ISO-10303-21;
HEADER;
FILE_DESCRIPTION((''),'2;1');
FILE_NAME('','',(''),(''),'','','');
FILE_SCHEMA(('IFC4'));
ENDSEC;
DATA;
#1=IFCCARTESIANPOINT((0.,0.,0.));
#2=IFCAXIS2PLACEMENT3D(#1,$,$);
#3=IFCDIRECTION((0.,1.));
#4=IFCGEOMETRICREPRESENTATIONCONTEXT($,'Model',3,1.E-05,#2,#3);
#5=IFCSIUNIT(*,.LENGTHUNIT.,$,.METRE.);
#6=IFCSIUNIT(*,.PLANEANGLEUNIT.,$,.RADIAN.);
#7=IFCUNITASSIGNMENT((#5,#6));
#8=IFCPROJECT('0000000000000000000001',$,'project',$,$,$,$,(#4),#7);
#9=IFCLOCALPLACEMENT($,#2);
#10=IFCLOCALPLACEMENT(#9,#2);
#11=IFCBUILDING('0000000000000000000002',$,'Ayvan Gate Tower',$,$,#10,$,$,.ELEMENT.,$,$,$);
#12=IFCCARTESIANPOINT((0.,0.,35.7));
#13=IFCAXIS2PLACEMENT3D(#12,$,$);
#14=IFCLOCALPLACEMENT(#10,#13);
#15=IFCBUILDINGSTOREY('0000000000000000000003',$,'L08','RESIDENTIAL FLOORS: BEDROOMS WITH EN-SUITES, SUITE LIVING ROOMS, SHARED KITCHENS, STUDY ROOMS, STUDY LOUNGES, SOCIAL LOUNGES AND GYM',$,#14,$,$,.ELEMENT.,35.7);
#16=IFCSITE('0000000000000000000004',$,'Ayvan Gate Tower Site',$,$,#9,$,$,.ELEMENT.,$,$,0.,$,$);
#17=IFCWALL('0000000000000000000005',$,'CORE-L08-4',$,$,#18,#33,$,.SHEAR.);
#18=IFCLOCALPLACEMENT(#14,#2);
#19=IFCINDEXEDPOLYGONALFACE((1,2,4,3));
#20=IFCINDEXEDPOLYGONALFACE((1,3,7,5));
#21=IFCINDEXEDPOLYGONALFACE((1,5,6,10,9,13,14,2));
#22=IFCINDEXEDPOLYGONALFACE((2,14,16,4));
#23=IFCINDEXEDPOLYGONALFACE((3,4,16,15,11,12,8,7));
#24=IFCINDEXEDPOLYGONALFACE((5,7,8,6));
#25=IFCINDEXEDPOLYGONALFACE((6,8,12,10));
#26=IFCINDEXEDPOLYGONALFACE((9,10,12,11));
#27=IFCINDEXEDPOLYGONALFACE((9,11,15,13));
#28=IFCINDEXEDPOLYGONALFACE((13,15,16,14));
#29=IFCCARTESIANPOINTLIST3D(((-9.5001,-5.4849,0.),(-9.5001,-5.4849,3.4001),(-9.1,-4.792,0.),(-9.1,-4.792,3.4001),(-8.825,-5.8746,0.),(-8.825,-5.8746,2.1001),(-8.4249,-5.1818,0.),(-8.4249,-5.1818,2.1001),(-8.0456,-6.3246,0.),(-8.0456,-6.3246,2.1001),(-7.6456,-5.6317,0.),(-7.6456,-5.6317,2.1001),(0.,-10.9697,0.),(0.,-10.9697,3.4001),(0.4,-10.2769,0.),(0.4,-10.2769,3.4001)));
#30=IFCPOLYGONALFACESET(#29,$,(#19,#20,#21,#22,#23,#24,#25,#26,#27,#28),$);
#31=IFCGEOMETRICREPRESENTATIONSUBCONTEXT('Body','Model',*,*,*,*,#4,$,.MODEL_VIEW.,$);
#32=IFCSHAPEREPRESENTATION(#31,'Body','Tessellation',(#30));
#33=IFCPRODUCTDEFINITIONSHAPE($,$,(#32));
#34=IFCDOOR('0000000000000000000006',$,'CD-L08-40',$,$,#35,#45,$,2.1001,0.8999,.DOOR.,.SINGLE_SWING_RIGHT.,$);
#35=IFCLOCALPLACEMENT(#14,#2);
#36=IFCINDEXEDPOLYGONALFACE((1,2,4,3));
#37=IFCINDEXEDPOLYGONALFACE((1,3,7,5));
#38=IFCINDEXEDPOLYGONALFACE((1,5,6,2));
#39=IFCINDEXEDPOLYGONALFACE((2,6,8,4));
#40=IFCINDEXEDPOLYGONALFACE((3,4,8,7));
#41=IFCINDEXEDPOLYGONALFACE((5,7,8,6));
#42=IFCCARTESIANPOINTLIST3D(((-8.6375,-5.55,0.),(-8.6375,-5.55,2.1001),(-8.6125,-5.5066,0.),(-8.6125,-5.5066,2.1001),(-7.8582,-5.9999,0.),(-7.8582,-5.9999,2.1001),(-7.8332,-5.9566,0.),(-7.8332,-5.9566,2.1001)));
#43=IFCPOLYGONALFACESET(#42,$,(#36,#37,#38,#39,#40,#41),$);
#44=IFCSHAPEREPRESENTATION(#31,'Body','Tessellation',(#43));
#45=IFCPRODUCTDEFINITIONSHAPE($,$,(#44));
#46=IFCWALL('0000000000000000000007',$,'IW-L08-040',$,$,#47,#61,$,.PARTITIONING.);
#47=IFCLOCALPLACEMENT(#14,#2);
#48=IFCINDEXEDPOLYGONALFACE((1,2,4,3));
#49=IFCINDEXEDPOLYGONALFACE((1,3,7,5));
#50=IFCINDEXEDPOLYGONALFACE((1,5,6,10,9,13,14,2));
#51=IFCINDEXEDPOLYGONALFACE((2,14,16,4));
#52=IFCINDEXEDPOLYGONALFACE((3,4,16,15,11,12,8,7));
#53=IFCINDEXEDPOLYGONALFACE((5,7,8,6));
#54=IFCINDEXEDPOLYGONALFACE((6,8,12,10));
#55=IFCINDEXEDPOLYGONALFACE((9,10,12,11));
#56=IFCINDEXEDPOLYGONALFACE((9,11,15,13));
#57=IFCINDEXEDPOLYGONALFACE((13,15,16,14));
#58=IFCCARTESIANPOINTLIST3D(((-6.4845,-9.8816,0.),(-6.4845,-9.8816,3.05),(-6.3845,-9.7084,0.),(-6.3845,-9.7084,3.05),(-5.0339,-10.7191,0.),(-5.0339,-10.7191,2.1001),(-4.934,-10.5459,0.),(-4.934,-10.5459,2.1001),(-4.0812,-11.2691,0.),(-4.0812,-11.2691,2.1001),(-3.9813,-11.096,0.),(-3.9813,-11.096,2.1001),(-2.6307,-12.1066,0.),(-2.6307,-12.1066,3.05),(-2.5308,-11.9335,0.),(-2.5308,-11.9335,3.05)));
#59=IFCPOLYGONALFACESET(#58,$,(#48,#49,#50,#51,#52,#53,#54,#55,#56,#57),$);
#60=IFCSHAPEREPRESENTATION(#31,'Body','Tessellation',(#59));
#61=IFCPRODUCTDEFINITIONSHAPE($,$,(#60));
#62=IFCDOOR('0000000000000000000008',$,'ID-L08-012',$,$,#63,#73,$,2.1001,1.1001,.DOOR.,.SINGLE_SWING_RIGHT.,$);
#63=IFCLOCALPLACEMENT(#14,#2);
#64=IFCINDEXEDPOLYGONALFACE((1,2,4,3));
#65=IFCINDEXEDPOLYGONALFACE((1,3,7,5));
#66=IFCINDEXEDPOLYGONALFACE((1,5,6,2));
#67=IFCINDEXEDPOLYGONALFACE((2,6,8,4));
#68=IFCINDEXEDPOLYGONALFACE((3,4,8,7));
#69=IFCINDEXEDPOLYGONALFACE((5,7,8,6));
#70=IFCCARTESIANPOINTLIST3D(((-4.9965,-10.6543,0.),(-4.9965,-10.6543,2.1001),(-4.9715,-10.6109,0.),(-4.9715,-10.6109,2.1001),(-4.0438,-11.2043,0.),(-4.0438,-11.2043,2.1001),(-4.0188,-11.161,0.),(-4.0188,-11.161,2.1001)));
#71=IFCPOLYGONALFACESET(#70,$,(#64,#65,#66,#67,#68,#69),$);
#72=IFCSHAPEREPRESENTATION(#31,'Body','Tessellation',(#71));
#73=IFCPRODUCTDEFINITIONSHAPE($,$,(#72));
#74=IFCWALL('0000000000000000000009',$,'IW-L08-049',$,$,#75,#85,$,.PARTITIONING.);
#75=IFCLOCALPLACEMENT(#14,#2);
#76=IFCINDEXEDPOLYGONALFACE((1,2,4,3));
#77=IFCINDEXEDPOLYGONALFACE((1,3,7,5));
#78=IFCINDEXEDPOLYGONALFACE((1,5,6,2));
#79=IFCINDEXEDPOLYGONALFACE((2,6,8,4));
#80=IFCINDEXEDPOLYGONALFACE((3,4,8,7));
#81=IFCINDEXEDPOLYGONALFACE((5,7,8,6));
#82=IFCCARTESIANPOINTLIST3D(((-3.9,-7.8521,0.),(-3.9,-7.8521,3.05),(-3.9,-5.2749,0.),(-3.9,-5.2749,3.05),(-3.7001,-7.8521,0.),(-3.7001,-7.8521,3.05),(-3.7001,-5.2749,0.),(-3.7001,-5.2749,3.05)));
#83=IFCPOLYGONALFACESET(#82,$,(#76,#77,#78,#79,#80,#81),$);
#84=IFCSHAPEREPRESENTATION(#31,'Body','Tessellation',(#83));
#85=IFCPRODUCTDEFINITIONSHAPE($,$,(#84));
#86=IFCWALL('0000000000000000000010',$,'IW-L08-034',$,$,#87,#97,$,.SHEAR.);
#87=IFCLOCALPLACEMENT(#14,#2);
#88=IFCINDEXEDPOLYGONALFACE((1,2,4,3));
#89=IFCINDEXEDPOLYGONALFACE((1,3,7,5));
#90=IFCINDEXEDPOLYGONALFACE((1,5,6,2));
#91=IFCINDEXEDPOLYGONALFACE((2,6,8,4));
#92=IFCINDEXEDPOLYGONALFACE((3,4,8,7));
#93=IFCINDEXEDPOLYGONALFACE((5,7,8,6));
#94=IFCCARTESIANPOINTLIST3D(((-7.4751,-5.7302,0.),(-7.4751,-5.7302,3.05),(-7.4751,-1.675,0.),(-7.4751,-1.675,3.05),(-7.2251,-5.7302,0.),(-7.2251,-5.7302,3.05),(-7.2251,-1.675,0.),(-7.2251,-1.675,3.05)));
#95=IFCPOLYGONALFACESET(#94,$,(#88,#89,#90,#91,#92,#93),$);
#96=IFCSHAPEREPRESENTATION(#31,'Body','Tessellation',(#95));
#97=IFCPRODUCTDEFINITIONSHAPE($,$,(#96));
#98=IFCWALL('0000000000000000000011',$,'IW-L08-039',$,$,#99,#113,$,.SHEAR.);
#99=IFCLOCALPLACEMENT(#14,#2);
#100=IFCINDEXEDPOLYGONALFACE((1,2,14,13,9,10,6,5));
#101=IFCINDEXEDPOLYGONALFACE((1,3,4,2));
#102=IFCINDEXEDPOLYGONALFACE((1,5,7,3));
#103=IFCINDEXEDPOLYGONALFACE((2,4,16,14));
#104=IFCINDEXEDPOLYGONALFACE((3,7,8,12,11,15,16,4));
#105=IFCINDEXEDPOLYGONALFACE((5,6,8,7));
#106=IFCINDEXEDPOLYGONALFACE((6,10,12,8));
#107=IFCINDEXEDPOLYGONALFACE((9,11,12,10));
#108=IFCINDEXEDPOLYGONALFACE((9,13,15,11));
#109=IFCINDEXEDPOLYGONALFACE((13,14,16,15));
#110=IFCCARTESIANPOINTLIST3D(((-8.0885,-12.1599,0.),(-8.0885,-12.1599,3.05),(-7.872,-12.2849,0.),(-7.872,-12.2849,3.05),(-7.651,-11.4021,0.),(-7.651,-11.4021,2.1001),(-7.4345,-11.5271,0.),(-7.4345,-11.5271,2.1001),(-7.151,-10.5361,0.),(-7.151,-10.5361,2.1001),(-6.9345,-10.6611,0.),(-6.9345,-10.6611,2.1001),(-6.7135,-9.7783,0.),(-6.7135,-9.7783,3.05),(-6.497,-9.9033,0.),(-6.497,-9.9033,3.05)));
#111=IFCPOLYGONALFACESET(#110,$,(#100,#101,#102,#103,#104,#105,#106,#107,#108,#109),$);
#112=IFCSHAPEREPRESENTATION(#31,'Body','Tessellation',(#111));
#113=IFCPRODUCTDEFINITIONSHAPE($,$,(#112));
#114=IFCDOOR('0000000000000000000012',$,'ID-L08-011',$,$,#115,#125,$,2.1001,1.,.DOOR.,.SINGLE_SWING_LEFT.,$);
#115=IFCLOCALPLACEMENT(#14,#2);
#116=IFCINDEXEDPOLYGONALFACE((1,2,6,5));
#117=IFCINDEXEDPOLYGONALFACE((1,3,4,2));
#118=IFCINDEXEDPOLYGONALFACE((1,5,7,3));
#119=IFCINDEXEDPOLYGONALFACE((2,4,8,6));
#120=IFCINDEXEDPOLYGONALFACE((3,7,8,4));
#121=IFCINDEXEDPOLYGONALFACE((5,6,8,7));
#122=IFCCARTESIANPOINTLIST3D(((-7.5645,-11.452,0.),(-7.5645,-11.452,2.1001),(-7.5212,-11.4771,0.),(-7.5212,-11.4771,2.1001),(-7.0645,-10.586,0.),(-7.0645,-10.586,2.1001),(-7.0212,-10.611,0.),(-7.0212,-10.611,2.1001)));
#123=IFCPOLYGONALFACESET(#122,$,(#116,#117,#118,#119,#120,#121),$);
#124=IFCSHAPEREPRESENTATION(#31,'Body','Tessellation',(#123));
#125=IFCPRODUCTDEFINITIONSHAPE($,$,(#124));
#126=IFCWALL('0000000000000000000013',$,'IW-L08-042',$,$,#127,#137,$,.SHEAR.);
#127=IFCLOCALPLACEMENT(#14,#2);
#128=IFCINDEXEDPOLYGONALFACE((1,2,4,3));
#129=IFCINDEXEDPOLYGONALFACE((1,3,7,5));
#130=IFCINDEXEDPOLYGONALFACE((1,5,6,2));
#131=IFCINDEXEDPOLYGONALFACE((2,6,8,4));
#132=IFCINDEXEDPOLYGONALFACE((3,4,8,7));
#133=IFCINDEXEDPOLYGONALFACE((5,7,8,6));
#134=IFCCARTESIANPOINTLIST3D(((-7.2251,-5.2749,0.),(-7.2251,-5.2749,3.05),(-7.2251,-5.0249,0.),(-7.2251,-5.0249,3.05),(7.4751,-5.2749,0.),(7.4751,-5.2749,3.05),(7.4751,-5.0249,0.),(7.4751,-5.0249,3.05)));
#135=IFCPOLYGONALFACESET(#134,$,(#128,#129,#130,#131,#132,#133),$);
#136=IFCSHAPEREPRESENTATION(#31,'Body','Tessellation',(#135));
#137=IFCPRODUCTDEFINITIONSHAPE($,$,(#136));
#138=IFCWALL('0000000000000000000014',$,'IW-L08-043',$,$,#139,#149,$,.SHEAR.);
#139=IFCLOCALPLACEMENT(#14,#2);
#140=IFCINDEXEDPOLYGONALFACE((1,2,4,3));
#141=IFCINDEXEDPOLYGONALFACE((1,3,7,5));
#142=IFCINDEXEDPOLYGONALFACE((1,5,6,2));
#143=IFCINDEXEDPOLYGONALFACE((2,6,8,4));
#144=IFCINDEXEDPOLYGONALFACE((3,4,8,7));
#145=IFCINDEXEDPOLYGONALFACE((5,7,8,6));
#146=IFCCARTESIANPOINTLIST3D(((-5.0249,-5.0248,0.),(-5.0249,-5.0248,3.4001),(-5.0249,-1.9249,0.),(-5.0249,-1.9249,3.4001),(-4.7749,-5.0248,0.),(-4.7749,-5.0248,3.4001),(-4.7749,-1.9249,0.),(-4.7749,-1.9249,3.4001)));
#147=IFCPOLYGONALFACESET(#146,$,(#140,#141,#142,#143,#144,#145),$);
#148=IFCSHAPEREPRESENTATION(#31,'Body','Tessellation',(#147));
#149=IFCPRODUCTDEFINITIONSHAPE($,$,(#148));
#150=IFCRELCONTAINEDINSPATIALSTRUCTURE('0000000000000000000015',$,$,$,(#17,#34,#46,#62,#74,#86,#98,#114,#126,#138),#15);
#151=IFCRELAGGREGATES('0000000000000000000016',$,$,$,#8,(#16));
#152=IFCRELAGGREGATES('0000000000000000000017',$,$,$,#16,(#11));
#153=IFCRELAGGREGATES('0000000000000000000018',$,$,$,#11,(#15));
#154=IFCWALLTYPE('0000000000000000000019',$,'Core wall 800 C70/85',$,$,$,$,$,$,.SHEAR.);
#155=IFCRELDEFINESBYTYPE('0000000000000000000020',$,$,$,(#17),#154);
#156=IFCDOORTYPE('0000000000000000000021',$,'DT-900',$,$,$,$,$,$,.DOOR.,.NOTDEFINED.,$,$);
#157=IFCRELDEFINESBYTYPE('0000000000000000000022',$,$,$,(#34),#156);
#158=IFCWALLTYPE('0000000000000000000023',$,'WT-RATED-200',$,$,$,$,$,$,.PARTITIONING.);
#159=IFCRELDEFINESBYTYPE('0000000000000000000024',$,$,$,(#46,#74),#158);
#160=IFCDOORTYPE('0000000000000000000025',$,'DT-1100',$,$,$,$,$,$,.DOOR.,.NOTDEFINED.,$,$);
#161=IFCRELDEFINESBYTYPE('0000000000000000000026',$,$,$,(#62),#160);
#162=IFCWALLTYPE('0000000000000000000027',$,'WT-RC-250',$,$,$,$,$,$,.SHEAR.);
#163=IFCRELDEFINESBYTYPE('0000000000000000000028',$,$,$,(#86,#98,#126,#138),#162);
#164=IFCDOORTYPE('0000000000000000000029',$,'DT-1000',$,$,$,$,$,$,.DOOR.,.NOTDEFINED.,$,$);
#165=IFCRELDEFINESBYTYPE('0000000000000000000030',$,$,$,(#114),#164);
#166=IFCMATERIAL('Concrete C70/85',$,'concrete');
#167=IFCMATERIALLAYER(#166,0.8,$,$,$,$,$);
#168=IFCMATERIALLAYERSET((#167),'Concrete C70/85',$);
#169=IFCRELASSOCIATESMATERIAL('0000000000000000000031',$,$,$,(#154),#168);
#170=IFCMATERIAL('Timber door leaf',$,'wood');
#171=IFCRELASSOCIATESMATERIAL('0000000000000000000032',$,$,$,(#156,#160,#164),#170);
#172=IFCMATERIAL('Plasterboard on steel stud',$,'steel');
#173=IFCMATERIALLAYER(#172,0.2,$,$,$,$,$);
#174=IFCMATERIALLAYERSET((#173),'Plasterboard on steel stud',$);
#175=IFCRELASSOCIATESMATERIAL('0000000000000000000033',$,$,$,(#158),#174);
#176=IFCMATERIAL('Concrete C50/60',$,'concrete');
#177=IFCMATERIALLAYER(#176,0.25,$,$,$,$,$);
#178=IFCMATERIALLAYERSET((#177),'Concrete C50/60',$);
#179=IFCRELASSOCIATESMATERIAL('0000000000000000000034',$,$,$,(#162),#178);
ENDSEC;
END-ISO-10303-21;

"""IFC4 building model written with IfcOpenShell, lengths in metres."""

from ifc_helpers import new_model, si_unit, direction, frame, frame_2d, origin, place, context, subcontext, project, spatial, rectangle, extrude, material, layer, layer_set, type_object, element, fill, save


model = new_model("IFC4")

# Units and contexts
model_context = context("Model", 3, precision=1e-05, world=origin(), true_north=direction((0.0, 1.0)))
body_context = subcontext(model_context, "Body", "Model", "MODEL_VIEW")
ifc_project = project(units=[si_unit("LENGTHUNIT", "METRE"), si_unit("PLANEANGLEUNIT", "RADIAN")], contexts=[model_context])

# Site, building, storey
site_placement = place(None, origin())
site = spatial("IfcSite", under=ifc_project, at=site_placement, Name="Ayvan Gate Tower Site", CompositionType="ELEMENT", RefElevation=0.0)
building_placement = place(site_placement, origin())
building = spatial("IfcBuilding", under=site, at=building_placement, Name="Ayvan Gate Tower", CompositionType="ELEMENT")
storey_placement = place(building_placement, frame((0.0, 0.0, 35.7)))
storey = spatial("IfcBuildingStorey", under=building, at=storey_placement, Name="L08", Description="RESIDENTIAL FLOORS: BEDROOMS WITH EN-SUITES, SUITE LIVING ROOMS, SHARED KITCHENS, STUDY ROOMS, STUDY LOUNGES, SOCIAL LOUNGES AND GYM", CompositionType="ELEMENT", Elevation=35.7)

# Walls, openings, doors
ifc_material_1 = material(Name="Concrete C70/85", Category="concrete")
ifc_layer_1 = layer(ifc_material_1, 0.8)
ifc_layer_set_1 = layer_set([ifc_layer_1], Name="Concrete C70/85")
wall_type_1 = type_object("IfcWallType", Name="Core wall 800 C70/85", PredefinedType="SHEAR", material=ifc_layer_set_1)
wall_1_placement = place(storey_placement, frame((-9.3, -5.1384, 0.0), z_axis=(0.0, 0.0, 1.0), x_axis=(0.866024, -0.500002, 0.0)))
wall_1 = element("IfcWall", 1, at=wall_1_placement, inside=storey, type_object=wall_type_1, Name="CORE-L08-4", PredefinedType="SHEAR", context=body_context, shape_type="SweptSolid", body=[
    extrude(rectangle(XDim=10.9697, YDim=0.8, at=frame_2d((5.4849, 0.0))), origin(), (0.0, 0.0, 1.0), 3.4001),
])
opening_1_placement = place(wall_1_placement, frame((0.7795, 0.0, 0.0)))
opening_1 = element("IfcOpeningElement", 2, at=opening_1_placement, cuts=wall_1, PredefinedType="OPENING", context=body_context, shape_type="SweptSolid", body=[
    extrude(rectangle(XDim=0.8999, YDim=2.1001, at=frame_2d((0.45, 1.05))), frame((0.0, 0.4099, 0.0), z_axis=(0.0, -1.0, 0.0), x_axis=(1.0, 0.0, 0.0)), (0.0, 0.0, 1.0), 0.8201),
])
ifc_material_2 = material(Name="Timber door leaf", Category="wood")
door_type_1 = type_object("IfcDoorType", Name="DT-900", OperationType="NOTDEFINED", PredefinedType="DOOR", material=ifc_material_2)
door_1_placement = place(opening_1_placement, origin())
door_1 = element("IfcDoor", 3, at=door_1_placement, inside=storey, type_object=door_type_1, Name="CD-L08-40", OperationType="SINGLE_SWING_RIGHT", OverallHeight=2.1001, OverallWidth=0.8999, PredefinedType="DOOR", context=body_context, shape_type="SweptSolid", body=[
    extrude(rectangle(XDim=0.8999, YDim=2.1001, at=frame_2d((0.45, 1.05))), frame((0.0, 0.0249, 0.0), z_axis=(0.0, -1.0, 0.0), x_axis=(1.0, 0.0, 0.0)), (0.0, 0.0, 1.0), 0.05),
])
fill(opening_1, door_1)
ifc_material_3 = material(Name="Plasterboard on steel stud", Category="steel")
ifc_layer_2 = layer(ifc_material_3, 0.2)
ifc_layer_set_2 = layer_set([ifc_layer_2], Name="Plasterboard on steel stud")
wall_type_2 = type_object("IfcWallType", Name="WT-RATED-200", PredefinedType="PARTITIONING", material=ifc_layer_set_2)
wall_2_placement = place(storey_placement, frame((-6.4346, -9.7949, 0.0), z_axis=(0.0, 0.0, 1.0), x_axis=(0.866013, -0.500022, 0.0)))
wall_2 = element("IfcWall", 4, at=wall_2_placement, inside=storey, type_object=wall_type_2, Name="IW-L08-040", PredefinedType="PARTITIONING", context=body_context, shape_type="SweptSolid", body=[
    extrude(rectangle(XDim=4.45, YDim=0.2, at=frame_2d((2.2251, 0.0))), origin(), (0.0, 0.0, 1.0), 3.05),
])
opening_2_placement = place(wall_2_placement, frame((1.675, 0.0, 0.0)))
opening_2 = element("IfcOpeningElement", 5, at=opening_2_placement, cuts=wall_2, PredefinedType="OPENING", context=body_context, shape_type="SweptSolid", body=[
    extrude(rectangle(XDim=1.1001, YDim=2.1001, at=frame_2d((0.55, 1.05))), frame((0.0, 0.1099, 0.0), z_axis=(0.0, -1.0, 0.0), x_axis=(1.0, 0.0, 0.0)), (0.0, 0.0, 1.0), 0.22),
])
door_type_2 = type_object("IfcDoorType", Name="DT-1100", OperationType="NOTDEFINED", PredefinedType="DOOR", material=ifc_material_2)
door_2_placement = place(opening_2_placement, origin())
door_2 = element("IfcDoor", 6, at=door_2_placement, inside=storey, type_object=door_type_2, Name="ID-L08-012", OperationType="SINGLE_SWING_RIGHT", OverallHeight=2.1001, OverallWidth=1.1001, PredefinedType="DOOR", context=body_context, shape_type="SweptSolid", body=[
    extrude(rectangle(XDim=1.1001, YDim=2.1001, at=frame_2d((0.55, 1.05))), frame((0.0, 0.0249, 0.0), z_axis=(0.0, -1.0, 0.0), x_axis=(1.0, 0.0, 0.0)), (0.0, 0.0, 1.0), 0.05),
])
fill(opening_2, door_2)

# Walls
wall_3_placement = place(storey_placement, frame((-3.8, -5.2749, 0.0), z_axis=(0.0, 0.0, 1.0), x_axis=(0.0, -1.0, 0.0)))
element("IfcWall", 7, at=wall_3_placement, inside=storey, type_object=wall_type_2, Name="IW-L08-049", PredefinedType="PARTITIONING", context=body_context, shape_type="SweptSolid", body=[
    extrude(rectangle(XDim=2.5771, YDim=0.2, at=frame_2d((1.2886, 0.0))), origin(), (0.0, 0.0, 1.0), 3.05),
])
ifc_material_4 = material(Name="Concrete C50/60", Category="concrete")
ifc_layer_3 = layer(ifc_material_4, 0.25)
ifc_layer_set_3 = layer_set([ifc_layer_3], Name="Concrete C50/60")
wall_type_3 = type_object("IfcWallType", Name="WT-RC-250", PredefinedType="SHEAR", material=ifc_layer_set_3)
wall_4_placement = place(storey_placement, frame((-7.3501, -5.7302, 0.0), z_axis=(0.0, 0.0, 1.0), x_axis=(0.0, 1.0, 0.0)))
element("IfcWall", 8, at=wall_4_placement, inside=storey, type_object=wall_type_3, Name="IW-L08-034", PredefinedType="SHEAR", context=body_context, shape_type="SweptSolid", body=[
    extrude(rectangle(XDim=4.0552, YDim=0.25, at=frame_2d((2.0276, 0.0))), origin(), (0.0, 0.0, 1.0), 3.05),
])

# Wall, opening, door
wall_5_placement = place(storey_placement, frame((-6.6052, -9.8408, 0.0), z_axis=(0.0, 0.0, 1.0), x_axis=(-0.499997, -0.866027, 0.0)))
wall_5 = element("IfcWall", 9, at=wall_5_placement, inside=storey, type_object=wall_type_3, Name="IW-L08-039", PredefinedType="SHEAR", context=body_context, shape_type="SweptSolid", body=[
    extrude(rectangle(XDim=2.75, YDim=0.25, at=frame_2d((1.375, 0.0))), origin(), (0.0, 0.0, 1.0), 3.05),
])
opening_3_placement = place(wall_5_placement, frame((0.875, 0.0, 0.0)))
opening_3 = element("IfcOpeningElement", 10, at=opening_3_placement, cuts=wall_5, PredefinedType="OPENING", context=body_context, shape_type="SweptSolid", body=[
    extrude(rectangle(XDim=1.0, YDim=2.1001, at=frame_2d((0.5, 1.05))), frame((0.0, 0.135, 0.0), z_axis=(0.0, -1.0, 0.0), x_axis=(1.0, 0.0, 0.0)), (0.0, 0.0, 1.0), 0.27),
])
door_type_3 = type_object("IfcDoorType", Name="DT-1000", OperationType="NOTDEFINED", PredefinedType="DOOR", material=ifc_material_2)
door_3_placement = place(opening_3_placement, origin())
door_3 = element("IfcDoor", 11, at=door_3_placement, inside=storey, type_object=door_type_3, Name="ID-L08-011", OperationType="SINGLE_SWING_LEFT", OverallHeight=2.1001, OverallWidth=1.0, PredefinedType="DOOR", context=body_context, shape_type="SweptSolid", body=[
    extrude(rectangle(XDim=1.0, YDim=2.1001, at=frame_2d((0.5, 1.05))), frame((0.0, 0.0249, 0.0), z_axis=(0.0, -1.0, 0.0), x_axis=(1.0, 0.0, 0.0)), (0.0, 0.0, 1.0), 0.05),
])
fill(opening_3, door_3)

# Walls
wall_6_placement = place(storey_placement, frame((-7.2251, -5.1499, 0.0), z_axis=(0.0, 0.0, 1.0), x_axis=(1.0, 0.0, 0.0)))
element("IfcWall", 12, at=wall_6_placement, inside=storey, type_object=wall_type_3, Name="IW-L08-042", PredefinedType="SHEAR", context=body_context, shape_type="SweptSolid", body=[
    extrude(rectangle(XDim=14.7002, YDim=0.25, at=frame_2d((7.3501, 0.0))), origin(), (0.0, 0.0, 1.0), 3.05),
])
wall_7_placement = place(storey_placement, frame((-4.8999, -1.925, 0.0), z_axis=(0.0, 0.0, 1.0), x_axis=(0.0, -1.0, 0.0)))
element("IfcWall", 13, at=wall_7_placement, inside=storey, type_object=wall_type_3, Name="IW-L08-043", PredefinedType="SHEAR", context=body_context, shape_type="SweptSolid", body=[
    extrude(rectangle(XDim=3.0999, YDim=0.25, at=frame_2d((1.5498, 0.0))), origin(), (0.0, 0.0, 1.0), 3.4001),
])

save(model, "model.ifc")
